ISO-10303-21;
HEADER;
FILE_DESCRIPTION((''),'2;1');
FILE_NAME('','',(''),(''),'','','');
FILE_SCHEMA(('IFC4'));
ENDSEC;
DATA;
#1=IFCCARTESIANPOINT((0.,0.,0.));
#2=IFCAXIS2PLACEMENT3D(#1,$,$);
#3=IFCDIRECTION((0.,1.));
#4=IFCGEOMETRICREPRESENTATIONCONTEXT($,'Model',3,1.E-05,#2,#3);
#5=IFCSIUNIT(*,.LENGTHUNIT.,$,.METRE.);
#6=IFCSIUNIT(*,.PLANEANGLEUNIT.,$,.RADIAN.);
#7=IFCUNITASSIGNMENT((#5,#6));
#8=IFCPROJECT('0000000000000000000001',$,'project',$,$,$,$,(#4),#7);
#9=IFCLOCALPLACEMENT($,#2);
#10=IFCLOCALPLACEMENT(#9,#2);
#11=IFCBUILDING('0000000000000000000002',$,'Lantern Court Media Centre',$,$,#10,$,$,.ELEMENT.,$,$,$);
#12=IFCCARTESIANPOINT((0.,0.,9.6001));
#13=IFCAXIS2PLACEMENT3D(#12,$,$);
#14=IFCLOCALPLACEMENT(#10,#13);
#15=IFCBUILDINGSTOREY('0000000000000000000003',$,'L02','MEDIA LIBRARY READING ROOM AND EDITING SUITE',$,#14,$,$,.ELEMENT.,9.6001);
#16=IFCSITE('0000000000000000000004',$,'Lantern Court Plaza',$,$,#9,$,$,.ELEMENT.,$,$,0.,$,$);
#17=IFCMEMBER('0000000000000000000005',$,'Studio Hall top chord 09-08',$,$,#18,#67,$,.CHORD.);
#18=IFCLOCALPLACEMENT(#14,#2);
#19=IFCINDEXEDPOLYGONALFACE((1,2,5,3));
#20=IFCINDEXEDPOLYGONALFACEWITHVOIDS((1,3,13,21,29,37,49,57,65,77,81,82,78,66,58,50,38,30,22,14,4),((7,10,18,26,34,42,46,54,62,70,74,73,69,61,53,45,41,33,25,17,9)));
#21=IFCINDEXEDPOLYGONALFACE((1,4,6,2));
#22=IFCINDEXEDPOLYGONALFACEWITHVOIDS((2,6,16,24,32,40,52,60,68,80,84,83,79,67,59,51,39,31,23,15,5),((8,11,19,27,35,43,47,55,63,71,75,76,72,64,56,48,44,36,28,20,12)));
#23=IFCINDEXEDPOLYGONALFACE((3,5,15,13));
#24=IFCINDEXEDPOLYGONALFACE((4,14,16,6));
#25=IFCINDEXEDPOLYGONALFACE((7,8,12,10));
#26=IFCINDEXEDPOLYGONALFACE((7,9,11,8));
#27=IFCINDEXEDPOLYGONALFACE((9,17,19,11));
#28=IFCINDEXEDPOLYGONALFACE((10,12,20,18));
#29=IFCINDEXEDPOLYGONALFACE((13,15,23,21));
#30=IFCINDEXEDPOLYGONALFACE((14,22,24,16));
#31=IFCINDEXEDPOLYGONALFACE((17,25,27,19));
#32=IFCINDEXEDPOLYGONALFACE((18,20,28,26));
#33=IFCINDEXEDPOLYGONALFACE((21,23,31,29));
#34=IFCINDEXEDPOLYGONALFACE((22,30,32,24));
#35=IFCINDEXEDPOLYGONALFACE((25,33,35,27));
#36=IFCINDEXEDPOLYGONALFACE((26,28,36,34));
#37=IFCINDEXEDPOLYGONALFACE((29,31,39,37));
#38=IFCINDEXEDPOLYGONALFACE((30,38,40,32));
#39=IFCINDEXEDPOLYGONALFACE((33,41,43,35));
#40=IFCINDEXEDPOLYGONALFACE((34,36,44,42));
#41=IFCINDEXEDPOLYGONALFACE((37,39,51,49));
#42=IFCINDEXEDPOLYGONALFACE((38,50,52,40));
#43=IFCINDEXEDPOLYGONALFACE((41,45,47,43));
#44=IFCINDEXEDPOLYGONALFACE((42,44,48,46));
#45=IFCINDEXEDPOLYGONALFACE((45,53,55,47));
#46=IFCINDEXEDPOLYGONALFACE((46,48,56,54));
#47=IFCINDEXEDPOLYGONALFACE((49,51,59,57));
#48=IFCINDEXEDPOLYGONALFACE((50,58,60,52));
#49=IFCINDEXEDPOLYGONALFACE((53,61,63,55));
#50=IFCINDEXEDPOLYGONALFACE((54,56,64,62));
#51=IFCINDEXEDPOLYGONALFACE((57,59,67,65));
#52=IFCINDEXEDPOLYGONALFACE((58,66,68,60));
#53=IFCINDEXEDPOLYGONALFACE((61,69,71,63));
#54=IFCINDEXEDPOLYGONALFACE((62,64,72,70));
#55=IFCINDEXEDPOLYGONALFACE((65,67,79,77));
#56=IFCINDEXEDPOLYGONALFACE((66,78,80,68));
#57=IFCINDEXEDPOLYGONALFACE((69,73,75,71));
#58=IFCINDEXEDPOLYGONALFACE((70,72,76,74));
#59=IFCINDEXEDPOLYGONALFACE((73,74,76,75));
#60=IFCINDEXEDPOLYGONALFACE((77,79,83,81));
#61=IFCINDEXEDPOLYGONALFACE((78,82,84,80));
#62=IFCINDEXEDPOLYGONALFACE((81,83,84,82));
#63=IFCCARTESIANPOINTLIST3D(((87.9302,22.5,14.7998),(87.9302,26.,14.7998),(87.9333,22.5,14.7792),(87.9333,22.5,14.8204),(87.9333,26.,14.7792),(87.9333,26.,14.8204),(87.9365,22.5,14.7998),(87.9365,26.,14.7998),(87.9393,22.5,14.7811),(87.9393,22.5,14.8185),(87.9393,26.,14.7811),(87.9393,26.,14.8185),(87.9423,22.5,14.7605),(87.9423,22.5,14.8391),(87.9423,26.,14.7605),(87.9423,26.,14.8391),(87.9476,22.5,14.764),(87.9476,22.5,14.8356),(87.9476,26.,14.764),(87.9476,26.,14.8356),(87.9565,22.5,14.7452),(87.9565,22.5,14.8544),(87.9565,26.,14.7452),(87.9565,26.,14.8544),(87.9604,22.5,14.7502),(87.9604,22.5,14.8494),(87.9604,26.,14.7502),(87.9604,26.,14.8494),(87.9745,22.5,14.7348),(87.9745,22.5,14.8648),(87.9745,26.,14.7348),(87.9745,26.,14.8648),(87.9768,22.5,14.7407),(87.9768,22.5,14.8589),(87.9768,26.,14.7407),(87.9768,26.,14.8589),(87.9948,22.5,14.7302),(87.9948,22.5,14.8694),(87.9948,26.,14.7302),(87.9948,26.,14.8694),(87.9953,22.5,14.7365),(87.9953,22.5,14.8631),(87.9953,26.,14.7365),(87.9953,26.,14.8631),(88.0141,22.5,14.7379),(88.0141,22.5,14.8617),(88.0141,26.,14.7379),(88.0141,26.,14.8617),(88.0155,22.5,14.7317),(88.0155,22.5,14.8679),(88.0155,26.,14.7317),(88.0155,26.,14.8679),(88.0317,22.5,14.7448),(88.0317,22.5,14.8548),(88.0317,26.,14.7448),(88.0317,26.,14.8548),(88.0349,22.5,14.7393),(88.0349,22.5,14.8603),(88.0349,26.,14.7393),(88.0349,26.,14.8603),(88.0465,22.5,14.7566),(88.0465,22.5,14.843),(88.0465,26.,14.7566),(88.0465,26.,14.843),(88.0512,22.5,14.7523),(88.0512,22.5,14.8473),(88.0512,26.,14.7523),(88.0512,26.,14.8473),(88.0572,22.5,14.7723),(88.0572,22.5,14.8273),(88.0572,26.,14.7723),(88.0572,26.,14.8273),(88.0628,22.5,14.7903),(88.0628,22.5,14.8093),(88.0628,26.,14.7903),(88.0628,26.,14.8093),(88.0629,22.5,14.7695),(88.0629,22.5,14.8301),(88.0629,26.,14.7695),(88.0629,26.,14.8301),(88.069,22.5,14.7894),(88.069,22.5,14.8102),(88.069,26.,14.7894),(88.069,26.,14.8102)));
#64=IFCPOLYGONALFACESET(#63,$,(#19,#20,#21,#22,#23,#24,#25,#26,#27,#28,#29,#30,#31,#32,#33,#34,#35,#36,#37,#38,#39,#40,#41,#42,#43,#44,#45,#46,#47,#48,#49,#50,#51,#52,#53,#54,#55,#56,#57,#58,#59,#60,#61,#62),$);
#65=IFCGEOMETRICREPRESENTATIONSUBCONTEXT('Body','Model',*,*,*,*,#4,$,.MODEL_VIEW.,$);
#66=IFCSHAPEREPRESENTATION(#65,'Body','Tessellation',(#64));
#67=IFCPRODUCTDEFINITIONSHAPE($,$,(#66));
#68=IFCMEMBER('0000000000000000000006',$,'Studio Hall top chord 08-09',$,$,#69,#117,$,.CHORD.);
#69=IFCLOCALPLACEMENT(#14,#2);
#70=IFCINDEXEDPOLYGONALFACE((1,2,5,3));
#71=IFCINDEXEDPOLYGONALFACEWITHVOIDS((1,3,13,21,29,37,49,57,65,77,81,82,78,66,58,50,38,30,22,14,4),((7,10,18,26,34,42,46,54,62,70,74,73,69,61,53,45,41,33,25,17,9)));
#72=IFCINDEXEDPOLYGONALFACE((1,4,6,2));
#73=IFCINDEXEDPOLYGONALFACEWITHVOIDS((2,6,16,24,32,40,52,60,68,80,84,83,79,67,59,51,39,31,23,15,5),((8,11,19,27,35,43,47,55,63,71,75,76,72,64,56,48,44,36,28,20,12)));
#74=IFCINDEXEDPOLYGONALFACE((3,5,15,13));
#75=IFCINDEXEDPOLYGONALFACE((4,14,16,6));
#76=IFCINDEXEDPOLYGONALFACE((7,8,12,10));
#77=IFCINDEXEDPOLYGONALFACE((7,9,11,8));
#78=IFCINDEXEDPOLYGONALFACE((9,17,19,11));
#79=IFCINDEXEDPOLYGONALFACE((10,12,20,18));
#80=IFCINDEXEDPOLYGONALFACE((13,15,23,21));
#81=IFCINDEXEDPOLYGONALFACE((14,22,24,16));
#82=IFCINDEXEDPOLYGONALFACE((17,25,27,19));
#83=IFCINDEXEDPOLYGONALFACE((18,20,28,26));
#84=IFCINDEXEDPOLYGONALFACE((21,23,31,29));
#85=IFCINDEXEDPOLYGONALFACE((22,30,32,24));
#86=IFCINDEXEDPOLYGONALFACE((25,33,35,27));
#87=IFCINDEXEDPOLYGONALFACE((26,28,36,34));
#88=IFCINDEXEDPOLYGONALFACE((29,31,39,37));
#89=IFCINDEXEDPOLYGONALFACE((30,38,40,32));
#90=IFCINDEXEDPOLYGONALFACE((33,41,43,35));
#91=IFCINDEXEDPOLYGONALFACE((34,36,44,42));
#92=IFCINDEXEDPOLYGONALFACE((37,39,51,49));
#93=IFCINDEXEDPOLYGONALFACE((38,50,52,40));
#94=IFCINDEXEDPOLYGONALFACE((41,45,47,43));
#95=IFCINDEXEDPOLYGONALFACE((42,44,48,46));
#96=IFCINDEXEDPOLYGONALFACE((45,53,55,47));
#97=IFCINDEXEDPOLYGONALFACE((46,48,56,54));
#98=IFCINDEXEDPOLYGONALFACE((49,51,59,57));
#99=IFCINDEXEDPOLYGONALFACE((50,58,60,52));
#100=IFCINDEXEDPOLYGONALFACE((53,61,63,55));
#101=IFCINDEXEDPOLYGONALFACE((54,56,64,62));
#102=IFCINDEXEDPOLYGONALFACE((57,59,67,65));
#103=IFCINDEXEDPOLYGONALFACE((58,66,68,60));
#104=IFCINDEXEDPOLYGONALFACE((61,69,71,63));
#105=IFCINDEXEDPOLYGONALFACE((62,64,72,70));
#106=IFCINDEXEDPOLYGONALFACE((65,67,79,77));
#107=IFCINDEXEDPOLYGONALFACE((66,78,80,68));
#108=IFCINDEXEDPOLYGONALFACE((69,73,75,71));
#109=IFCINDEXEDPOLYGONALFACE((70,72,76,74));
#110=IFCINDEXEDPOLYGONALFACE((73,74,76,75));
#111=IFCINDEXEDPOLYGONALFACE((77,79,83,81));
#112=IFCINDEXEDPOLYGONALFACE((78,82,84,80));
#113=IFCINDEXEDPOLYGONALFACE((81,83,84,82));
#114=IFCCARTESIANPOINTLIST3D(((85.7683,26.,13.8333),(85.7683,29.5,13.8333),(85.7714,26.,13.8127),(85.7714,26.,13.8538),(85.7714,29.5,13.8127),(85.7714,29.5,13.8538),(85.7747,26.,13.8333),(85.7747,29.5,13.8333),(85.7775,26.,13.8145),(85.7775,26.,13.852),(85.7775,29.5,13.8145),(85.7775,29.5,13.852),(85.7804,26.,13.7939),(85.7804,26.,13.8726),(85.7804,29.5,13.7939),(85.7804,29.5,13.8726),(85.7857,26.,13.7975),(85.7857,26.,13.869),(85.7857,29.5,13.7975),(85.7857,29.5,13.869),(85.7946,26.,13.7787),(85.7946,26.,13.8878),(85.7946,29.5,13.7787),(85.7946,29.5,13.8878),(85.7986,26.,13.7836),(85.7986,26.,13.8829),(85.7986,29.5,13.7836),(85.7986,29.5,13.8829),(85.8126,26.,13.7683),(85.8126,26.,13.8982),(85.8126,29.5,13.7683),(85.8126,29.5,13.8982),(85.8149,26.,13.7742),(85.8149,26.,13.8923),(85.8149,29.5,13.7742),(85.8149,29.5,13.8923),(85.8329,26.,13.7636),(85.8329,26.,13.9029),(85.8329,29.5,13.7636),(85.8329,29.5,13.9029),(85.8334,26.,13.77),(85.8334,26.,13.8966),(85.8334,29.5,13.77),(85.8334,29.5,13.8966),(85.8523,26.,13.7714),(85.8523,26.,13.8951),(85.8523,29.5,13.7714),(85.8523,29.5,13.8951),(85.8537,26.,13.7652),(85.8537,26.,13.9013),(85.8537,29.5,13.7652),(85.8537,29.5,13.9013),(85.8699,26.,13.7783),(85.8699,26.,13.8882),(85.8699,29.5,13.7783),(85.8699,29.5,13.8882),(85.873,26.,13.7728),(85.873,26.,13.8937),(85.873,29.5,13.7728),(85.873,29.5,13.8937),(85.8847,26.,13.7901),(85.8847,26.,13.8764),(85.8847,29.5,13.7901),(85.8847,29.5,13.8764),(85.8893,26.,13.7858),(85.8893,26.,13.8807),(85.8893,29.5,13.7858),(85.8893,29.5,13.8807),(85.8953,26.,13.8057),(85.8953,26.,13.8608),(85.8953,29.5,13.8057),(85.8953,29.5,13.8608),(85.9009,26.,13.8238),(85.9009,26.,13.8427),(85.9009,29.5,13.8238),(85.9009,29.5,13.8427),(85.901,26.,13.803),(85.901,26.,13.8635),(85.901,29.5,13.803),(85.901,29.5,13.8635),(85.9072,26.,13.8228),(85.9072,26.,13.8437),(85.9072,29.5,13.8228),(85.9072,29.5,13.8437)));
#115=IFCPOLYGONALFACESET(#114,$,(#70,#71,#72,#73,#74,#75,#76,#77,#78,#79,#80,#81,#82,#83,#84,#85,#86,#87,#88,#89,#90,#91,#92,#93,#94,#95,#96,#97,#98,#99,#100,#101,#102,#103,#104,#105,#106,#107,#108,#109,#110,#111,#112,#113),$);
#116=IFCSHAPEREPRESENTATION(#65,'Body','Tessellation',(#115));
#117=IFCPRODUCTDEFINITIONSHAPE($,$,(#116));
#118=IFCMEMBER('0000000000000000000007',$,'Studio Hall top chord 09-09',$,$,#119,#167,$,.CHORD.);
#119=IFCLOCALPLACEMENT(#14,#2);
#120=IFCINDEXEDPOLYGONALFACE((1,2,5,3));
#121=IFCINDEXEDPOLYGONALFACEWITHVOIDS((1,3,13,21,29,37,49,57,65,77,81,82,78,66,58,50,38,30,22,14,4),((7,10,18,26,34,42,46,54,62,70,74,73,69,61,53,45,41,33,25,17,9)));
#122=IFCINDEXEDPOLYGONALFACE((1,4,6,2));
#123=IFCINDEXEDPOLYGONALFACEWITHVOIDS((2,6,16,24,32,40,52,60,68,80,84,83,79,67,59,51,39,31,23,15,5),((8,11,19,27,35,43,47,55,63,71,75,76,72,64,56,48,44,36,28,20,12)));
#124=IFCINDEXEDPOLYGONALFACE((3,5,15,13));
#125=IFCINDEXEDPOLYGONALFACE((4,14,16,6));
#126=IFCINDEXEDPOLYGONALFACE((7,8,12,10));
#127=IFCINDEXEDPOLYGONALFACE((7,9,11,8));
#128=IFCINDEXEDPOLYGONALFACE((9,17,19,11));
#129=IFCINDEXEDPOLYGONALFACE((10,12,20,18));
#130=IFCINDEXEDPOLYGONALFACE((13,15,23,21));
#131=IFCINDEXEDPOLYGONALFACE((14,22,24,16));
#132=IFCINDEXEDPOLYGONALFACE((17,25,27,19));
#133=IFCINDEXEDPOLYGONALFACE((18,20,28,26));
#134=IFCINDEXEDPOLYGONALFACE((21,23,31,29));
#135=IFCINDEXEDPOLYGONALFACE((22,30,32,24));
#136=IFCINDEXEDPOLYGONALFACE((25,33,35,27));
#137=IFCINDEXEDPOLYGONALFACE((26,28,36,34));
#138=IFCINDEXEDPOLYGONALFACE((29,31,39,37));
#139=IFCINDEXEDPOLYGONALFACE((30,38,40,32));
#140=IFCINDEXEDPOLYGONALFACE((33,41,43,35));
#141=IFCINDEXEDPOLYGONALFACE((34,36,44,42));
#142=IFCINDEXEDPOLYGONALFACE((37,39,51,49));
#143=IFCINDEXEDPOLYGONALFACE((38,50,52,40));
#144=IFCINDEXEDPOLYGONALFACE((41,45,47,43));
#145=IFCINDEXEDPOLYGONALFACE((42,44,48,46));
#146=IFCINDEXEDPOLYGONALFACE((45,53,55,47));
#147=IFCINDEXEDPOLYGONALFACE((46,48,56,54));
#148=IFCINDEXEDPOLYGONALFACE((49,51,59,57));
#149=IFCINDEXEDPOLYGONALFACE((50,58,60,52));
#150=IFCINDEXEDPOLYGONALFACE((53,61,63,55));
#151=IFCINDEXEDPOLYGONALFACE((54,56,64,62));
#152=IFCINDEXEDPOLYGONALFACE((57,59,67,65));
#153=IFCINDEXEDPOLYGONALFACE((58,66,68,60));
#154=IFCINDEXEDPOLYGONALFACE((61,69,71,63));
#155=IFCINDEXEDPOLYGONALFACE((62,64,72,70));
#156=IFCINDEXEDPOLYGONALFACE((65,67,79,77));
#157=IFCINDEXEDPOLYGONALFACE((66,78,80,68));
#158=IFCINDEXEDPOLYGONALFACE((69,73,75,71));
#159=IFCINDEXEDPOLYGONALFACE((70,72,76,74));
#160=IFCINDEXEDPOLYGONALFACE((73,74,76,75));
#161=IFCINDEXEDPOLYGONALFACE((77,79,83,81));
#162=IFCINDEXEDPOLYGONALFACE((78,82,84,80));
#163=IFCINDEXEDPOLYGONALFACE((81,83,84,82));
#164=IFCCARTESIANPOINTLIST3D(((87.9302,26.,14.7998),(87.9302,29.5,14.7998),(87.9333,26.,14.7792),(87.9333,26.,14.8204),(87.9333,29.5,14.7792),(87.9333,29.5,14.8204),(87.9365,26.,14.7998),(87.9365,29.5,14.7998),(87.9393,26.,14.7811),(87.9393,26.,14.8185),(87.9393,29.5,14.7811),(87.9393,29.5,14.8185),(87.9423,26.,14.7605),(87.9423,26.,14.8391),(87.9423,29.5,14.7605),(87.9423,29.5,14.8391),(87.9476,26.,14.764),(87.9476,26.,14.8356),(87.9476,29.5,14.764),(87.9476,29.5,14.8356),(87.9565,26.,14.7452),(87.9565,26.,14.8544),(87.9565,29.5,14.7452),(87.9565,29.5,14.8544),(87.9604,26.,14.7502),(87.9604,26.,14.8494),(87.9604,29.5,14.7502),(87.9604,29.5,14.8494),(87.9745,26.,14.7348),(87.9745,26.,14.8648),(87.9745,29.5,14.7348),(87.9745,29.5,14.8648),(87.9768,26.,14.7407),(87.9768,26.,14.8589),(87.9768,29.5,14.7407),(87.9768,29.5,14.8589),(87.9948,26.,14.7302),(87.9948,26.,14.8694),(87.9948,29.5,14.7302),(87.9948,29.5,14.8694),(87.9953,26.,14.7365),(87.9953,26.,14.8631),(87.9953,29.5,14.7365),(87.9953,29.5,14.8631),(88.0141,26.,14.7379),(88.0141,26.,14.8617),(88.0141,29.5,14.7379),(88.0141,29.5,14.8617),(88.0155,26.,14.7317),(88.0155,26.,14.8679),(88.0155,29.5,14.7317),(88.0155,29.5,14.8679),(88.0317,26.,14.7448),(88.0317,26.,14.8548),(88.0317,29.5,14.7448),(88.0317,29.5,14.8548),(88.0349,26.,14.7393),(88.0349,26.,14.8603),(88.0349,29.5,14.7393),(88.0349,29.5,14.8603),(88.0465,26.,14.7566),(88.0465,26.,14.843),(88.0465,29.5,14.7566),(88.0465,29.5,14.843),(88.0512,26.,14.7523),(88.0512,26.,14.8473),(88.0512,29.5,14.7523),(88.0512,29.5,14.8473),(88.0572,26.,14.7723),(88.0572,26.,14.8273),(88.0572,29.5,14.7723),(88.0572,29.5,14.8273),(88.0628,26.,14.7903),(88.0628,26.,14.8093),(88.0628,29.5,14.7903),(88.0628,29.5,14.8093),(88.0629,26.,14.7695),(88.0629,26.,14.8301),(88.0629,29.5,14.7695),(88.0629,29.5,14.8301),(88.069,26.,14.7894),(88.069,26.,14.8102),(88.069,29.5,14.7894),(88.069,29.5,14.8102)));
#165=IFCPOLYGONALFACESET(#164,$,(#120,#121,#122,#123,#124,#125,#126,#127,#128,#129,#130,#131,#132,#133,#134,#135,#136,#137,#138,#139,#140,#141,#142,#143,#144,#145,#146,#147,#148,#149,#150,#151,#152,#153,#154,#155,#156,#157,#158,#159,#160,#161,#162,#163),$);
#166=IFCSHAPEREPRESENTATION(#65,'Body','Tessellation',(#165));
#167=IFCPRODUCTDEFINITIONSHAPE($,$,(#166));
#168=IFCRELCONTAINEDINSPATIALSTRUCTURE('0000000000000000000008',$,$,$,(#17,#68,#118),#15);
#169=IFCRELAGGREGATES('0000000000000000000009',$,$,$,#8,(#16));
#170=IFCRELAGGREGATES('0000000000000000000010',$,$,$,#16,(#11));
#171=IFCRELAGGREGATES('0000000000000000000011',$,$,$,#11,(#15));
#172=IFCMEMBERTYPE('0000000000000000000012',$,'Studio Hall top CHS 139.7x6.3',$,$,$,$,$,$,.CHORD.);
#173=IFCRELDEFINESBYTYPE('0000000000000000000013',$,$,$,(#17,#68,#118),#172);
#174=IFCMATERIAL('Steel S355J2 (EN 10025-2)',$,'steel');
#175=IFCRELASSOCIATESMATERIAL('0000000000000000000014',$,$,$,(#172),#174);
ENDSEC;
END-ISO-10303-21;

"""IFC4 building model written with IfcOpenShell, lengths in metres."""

from ifc_helpers import new_model, si_unit, direction, frame, origin, origin_2d, place, context, subcontext, project, spatial, hollow_circle, extrude, material, material_profile, profile_set, type_object, element, save


model = new_model("IFC4")

# Units and contexts
model_context = context("Model", 3, precision=1e-05, world=origin(), true_north=direction((0.0, 1.0)))
body_context = subcontext(model_context, "Body", "Model", "MODEL_VIEW")
ifc_project = project(units=[si_unit("LENGTHUNIT", "METRE"), si_unit("PLANEANGLEUNIT", "RADIAN")], contexts=[model_context])

# Site, building, storey
site_placement = place(None, origin())
site = spatial("IfcSite", under=ifc_project, at=site_placement, Name="Lantern Court Plaza", CompositionType="ELEMENT", RefElevation=0.0)
building_placement = place(site_placement, origin())
building = spatial("IfcBuilding", under=site, at=building_placement, Name="Lantern Court Media Centre", CompositionType="ELEMENT")
storey_placement = place(building_placement, frame((0.0, 0.0, 9.6001)))
storey = spatial("IfcBuildingStorey", under=building, at=storey_placement, Name="L02", Description="MEDIA LIBRARY READING ROOM AND EDITING SUITE", CompositionType="ELEMENT", Elevation=9.6001)

# Members
ifc_material = material(Name="Steel S355J2 (EN 10025-2)", Category="steel")
ifc_material_profile_1 = material_profile(ifc_material, hollow_circle(Radius=0.0698, WallThickness=0.0063, at=origin_2d()), Name="Studio Hall top CHS 139.7x6.3")
ifc_profile_set_1 = profile_set([ifc_material_profile_1], Name="Steel S355J2 (EN 10025-2)")
member_type_1 = type_object("IfcMemberType", Name="Studio Hall top CHS 139.7x6.3", PredefinedType="CHORD", material=ifc_profile_set_1)
for number, where, z_axis, x_axis, name in (
    (1, (88.0, 22.5, 14.7998), (0.0, 1.0, 0.0), (-1.0, 0.0, 0.0), "Studio Hall top chord 09-08"),
    (2, (85.8381, 26.0, 13.8333), (0.0, 1.0, 0.0), (-1.0, 0.0, 0.0), "Studio Hall top chord 08-09"),
    (3, (88.0, 26.0, 14.7998), (0.0, 1.0, 0.0), (-1.0, 0.0, 0.0), "Studio Hall top chord 09-09"),
):
    element("IfcMember", number, at=place(storey_placement, frame(where, z_axis=z_axis, x_axis=x_axis)), inside=storey, type_object=member_type_1, Name=name, PredefinedType="CHORD", context=body_context, shape_type="SweptSolid", body=[
        extrude(hollow_circle(Radius=0.0698, WallThickness=0.0063, at=origin_2d()), origin(), (0.0, 0.0, 1.0), 3.5),
    ])

save(model, "model.ifc")
